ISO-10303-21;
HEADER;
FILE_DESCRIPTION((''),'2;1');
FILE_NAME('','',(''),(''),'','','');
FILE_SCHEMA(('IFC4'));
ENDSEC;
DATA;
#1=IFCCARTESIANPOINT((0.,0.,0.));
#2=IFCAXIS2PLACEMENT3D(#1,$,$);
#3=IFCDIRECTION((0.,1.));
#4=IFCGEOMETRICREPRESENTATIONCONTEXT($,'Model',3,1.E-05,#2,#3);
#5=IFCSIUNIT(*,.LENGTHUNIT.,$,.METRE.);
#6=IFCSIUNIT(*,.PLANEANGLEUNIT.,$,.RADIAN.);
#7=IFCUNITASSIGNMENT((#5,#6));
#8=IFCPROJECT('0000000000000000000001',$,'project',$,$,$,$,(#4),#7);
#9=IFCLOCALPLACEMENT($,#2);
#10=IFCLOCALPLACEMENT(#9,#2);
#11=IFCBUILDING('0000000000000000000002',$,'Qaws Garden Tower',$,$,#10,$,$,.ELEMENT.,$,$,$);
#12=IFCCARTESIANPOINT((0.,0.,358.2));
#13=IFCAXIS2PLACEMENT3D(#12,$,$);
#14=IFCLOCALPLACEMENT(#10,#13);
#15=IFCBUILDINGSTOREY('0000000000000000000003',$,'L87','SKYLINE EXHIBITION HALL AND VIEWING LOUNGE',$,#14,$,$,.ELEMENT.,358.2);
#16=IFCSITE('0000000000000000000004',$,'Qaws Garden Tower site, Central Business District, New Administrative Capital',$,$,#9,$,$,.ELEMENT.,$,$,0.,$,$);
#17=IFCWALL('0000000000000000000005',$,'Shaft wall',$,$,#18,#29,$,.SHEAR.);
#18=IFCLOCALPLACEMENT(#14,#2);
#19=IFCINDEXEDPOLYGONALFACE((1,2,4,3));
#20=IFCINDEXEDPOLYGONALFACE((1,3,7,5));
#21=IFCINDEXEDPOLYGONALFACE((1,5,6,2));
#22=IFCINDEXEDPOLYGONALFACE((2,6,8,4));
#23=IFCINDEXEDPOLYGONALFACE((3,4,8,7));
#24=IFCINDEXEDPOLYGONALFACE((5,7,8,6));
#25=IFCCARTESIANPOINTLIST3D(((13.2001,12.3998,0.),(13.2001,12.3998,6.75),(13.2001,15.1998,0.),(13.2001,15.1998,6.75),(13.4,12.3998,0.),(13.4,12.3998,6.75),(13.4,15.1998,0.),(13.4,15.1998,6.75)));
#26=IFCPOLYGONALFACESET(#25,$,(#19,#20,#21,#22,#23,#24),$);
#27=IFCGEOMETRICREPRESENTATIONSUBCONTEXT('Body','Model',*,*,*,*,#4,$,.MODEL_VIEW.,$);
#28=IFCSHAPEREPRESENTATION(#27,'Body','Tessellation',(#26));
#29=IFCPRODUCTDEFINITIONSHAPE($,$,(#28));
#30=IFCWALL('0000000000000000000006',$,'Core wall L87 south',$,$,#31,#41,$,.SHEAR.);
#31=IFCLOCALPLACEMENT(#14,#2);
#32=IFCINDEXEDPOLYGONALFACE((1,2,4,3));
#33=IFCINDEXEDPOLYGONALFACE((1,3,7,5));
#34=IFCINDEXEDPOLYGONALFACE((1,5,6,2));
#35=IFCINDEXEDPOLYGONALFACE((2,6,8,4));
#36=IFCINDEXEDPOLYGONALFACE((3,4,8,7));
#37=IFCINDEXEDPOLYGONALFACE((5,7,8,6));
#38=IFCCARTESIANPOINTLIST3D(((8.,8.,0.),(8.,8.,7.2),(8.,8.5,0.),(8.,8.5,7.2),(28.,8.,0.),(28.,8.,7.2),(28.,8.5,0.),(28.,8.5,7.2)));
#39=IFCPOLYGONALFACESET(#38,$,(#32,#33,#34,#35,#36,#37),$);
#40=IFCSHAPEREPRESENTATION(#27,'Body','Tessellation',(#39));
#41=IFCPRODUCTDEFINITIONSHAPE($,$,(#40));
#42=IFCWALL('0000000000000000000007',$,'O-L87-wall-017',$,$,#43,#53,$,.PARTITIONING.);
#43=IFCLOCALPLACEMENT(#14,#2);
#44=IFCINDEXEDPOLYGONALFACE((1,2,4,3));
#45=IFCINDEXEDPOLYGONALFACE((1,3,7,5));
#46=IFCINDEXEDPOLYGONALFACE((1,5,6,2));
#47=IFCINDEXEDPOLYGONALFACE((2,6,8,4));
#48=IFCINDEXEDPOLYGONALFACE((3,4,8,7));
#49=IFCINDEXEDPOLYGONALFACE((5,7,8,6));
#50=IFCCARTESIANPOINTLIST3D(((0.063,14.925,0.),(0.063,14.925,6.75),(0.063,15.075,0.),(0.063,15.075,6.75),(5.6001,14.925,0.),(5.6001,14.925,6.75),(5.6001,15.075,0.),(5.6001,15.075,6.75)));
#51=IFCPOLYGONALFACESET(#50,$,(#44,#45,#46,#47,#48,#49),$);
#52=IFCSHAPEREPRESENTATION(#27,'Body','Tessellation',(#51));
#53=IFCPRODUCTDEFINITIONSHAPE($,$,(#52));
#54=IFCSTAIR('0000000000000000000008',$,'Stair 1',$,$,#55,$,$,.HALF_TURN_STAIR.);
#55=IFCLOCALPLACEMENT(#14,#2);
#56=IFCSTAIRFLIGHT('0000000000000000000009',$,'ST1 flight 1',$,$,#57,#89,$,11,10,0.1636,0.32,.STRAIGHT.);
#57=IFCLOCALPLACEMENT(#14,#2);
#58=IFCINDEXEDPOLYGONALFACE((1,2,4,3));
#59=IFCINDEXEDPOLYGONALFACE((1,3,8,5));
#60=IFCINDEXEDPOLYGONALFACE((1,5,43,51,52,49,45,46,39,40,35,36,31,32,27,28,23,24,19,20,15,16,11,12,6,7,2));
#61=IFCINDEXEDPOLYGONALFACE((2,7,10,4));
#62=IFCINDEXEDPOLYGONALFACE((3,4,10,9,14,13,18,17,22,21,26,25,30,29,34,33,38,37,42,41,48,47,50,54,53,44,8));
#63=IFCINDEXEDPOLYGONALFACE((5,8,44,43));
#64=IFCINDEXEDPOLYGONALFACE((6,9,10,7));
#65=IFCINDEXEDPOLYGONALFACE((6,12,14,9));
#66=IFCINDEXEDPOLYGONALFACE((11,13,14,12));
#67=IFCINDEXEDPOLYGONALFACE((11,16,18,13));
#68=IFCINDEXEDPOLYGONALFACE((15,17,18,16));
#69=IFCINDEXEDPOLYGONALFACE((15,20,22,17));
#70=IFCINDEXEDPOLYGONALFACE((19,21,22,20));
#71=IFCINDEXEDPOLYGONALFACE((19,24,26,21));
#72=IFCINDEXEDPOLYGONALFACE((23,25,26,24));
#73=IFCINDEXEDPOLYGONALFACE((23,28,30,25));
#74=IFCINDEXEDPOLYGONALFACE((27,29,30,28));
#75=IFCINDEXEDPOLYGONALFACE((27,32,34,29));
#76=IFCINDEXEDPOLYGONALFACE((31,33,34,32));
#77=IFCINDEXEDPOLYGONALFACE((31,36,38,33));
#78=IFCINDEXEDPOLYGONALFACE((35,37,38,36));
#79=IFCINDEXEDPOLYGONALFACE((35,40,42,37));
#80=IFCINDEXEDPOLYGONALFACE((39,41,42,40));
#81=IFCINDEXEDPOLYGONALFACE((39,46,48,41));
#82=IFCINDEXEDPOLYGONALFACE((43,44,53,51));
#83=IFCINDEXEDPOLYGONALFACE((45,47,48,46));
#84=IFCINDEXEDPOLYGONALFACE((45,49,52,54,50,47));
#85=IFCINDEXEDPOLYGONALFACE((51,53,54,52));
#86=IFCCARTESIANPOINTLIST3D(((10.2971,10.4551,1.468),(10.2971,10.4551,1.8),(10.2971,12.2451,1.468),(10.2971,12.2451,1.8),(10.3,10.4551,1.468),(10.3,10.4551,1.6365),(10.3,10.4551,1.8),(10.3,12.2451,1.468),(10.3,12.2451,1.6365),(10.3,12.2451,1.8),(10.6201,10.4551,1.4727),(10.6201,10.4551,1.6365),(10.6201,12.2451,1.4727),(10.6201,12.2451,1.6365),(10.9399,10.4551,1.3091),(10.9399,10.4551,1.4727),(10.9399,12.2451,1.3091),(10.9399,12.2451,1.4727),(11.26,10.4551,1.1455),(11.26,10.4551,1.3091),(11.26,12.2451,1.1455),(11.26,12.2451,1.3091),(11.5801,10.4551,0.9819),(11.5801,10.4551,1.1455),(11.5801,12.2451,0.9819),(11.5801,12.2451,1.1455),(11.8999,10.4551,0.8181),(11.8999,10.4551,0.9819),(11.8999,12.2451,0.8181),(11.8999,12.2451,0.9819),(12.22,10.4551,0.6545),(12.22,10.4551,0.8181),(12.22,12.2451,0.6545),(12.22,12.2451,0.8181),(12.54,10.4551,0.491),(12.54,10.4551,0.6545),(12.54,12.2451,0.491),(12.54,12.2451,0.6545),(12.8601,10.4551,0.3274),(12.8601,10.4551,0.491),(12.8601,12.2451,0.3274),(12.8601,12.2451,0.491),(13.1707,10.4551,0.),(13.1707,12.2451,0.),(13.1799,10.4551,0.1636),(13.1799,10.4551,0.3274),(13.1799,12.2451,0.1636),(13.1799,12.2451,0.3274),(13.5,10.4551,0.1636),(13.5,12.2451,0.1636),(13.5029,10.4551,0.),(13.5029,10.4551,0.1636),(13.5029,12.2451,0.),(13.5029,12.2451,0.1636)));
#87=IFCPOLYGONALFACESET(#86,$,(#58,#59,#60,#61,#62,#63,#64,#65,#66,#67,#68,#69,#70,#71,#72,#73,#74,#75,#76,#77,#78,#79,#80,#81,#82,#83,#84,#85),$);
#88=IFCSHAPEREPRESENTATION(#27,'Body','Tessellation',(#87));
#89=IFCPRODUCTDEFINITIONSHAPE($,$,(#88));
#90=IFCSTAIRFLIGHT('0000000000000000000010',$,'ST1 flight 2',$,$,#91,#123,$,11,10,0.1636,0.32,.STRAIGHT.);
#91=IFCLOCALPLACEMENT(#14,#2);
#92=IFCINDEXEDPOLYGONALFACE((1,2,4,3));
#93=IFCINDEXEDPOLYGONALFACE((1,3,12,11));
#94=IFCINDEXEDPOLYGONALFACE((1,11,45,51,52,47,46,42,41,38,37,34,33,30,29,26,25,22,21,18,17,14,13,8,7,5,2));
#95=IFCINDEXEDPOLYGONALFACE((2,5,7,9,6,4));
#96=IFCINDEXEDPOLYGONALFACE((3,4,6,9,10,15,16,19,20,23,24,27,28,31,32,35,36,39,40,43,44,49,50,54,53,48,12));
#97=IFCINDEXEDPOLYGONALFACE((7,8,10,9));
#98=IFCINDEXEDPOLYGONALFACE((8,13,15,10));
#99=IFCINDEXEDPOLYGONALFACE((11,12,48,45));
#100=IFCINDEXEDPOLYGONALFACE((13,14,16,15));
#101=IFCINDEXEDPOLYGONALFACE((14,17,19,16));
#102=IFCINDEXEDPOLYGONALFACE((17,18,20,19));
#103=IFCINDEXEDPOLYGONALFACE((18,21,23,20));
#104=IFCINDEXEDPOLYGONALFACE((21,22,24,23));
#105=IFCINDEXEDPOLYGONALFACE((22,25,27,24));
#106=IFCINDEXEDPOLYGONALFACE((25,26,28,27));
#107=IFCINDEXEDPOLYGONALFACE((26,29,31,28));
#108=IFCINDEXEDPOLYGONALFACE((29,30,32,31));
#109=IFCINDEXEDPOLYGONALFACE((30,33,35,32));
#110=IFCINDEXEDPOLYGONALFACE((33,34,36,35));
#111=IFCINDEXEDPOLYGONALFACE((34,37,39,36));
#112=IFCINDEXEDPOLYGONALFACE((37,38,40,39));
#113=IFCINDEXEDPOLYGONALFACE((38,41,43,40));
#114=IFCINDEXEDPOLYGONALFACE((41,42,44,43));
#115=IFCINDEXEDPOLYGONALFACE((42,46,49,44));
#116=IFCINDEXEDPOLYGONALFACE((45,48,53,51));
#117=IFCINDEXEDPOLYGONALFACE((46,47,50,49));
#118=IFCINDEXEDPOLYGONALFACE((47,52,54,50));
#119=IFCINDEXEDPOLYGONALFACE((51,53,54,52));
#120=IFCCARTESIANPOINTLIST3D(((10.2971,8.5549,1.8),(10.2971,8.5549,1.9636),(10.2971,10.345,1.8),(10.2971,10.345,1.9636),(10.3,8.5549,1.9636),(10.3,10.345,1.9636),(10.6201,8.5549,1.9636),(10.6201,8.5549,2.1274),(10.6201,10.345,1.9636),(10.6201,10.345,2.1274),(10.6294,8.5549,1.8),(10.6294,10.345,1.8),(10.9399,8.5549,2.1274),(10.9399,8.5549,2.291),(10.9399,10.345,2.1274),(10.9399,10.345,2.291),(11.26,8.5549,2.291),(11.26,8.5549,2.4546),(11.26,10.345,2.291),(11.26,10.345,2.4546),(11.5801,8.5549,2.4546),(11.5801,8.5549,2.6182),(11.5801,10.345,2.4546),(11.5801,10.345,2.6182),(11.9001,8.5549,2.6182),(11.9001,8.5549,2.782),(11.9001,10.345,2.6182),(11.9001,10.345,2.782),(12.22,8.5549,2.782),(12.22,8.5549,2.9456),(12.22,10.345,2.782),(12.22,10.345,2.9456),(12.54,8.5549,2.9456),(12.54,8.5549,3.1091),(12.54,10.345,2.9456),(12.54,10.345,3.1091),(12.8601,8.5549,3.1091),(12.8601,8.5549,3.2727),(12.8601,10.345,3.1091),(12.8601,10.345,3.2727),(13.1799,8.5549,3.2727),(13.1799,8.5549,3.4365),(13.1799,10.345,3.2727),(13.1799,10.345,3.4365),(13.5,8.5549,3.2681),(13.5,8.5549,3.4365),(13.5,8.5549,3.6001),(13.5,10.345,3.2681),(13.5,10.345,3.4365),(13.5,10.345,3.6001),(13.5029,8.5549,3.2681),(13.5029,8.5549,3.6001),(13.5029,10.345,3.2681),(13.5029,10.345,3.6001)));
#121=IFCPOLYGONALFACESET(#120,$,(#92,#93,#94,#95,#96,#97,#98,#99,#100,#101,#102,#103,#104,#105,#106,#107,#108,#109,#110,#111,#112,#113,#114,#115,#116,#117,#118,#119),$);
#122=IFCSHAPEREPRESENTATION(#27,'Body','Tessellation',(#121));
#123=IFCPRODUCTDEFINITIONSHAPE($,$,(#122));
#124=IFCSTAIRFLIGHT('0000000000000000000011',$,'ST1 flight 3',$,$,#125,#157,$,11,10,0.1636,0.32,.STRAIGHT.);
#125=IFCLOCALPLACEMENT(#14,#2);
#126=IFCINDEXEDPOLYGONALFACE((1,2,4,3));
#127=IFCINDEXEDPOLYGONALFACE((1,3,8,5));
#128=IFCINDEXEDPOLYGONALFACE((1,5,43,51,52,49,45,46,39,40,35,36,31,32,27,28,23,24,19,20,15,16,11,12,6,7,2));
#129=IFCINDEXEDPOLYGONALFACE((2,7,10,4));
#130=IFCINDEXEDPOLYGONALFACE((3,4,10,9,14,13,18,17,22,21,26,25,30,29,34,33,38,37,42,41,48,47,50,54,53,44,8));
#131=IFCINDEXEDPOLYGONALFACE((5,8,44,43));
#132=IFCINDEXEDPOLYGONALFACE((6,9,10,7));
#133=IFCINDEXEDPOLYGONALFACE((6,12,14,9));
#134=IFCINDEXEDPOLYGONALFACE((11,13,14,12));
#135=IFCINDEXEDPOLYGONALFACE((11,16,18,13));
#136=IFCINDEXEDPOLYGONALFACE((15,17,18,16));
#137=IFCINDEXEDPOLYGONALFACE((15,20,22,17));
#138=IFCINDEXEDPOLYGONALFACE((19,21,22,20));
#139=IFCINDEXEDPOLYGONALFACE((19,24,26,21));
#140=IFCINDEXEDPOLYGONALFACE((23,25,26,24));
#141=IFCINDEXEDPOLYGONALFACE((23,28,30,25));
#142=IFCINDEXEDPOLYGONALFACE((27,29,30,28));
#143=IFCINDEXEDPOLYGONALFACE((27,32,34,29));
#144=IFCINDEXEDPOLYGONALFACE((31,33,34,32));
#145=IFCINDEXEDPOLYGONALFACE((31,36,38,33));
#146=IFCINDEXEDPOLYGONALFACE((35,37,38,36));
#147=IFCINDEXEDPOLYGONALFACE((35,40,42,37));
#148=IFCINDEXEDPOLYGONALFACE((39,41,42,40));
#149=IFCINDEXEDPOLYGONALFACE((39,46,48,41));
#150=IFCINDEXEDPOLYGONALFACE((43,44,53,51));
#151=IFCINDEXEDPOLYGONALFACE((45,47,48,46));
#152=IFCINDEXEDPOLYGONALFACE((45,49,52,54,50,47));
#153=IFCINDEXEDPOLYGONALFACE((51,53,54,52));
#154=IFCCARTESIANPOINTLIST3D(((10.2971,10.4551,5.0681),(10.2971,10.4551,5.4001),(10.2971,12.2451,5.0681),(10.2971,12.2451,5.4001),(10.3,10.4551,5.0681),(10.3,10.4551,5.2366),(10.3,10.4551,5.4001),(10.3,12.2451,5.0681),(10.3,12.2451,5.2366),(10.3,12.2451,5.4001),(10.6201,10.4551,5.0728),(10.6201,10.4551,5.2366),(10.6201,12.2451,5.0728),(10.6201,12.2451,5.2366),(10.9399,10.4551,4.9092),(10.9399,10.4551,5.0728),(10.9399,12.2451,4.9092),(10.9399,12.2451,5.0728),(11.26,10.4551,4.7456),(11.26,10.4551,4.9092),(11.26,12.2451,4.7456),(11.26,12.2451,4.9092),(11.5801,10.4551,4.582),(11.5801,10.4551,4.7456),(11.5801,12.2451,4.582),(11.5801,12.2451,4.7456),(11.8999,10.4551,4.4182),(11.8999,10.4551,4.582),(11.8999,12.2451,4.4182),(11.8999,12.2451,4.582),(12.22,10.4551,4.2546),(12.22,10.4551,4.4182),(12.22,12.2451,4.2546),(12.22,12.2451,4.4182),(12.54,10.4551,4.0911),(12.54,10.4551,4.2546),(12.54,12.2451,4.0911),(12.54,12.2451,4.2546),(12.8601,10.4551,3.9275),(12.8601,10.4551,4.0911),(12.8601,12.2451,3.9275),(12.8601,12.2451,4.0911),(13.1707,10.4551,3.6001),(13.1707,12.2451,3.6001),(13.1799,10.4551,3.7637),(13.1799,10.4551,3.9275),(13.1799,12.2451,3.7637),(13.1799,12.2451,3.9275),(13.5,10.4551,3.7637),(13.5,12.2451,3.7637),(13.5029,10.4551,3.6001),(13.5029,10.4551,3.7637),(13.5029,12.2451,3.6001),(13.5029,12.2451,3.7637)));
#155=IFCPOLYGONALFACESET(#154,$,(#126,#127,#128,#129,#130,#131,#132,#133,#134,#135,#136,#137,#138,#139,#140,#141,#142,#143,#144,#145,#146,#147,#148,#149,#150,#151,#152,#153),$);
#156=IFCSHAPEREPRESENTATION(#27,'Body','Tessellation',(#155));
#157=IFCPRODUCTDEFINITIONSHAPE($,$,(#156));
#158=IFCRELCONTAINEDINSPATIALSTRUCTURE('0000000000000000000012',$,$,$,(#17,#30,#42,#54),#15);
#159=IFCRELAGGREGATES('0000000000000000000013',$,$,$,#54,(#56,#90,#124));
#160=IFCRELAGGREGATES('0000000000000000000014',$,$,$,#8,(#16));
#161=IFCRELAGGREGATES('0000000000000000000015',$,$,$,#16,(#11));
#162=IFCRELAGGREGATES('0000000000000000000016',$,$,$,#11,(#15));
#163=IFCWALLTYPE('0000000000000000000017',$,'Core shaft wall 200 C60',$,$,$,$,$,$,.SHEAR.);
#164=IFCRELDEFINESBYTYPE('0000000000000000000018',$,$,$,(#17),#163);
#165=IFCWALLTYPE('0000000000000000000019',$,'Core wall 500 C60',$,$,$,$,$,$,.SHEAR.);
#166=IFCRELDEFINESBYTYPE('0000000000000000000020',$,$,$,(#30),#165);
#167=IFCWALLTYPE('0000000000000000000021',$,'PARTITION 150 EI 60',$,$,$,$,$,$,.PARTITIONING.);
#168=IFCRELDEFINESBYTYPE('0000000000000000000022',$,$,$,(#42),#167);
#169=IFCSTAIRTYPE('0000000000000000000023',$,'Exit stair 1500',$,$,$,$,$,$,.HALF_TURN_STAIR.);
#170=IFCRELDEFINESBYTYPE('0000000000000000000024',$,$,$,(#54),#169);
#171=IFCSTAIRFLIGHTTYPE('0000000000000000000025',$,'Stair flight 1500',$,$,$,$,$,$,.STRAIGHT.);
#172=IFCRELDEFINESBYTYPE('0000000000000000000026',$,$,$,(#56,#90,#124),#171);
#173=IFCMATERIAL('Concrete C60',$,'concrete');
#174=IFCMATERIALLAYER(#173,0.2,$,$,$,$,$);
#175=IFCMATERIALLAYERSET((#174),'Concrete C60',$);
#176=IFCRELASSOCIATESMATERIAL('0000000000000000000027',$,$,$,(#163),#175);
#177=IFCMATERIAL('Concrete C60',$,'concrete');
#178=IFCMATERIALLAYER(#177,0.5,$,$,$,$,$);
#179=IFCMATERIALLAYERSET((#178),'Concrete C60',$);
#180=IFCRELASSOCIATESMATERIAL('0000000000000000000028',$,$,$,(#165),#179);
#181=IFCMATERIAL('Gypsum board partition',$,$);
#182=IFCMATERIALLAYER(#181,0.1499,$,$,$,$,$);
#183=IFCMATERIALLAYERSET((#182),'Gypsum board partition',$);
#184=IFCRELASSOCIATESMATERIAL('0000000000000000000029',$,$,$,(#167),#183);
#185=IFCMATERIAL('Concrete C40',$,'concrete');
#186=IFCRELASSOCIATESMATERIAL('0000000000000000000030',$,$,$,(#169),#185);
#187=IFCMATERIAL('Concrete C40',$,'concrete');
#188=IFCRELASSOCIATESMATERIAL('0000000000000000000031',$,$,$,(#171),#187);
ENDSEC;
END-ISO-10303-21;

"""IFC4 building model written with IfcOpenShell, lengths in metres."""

from ifc_helpers import new_model, si_unit, direction, frame, frame_2d, origin, place, context, subcontext, project, spatial, polyline, rectangle, outline, extrude, material, layer, layer_set, type_object, element, aggregate, save


model = new_model("IFC4")

# Units and contexts
model_context = context("Model", 3, precision=1e-05, world=origin(), true_north=direction((0.0, 1.0)))
body_context = subcontext(model_context, "Body", "Model", "MODEL_VIEW")
ifc_project = project(units=[si_unit("LENGTHUNIT", "METRE"), si_unit("PLANEANGLEUNIT", "RADIAN")], contexts=[model_context])

# Site, building, storey
site_placement = place(None, origin())
site = spatial("IfcSite", under=ifc_project, at=site_placement, Name="Qaws Garden Tower site, Central Business District, New Administrative Capital", CompositionType="ELEMENT", RefElevation=0.0)
building_placement = place(site_placement, origin())
building = spatial("IfcBuilding", under=site, at=building_placement, Name="Qaws Garden Tower", CompositionType="ELEMENT")
storey_placement = place(building_placement, frame((0.0, 0.0, 358.2)))
storey = spatial("IfcBuildingStorey", under=building, at=storey_placement, Name="L87", Description="SKYLINE EXHIBITION HALL AND VIEWING LOUNGE", CompositionType="ELEMENT", Elevation=358.2)

# Shared definitions
placement = place(storey_placement, origin())

# Shared definitions
ifc_material_1 = material(Name="Concrete C60", Category="concrete")
ifc_layer_1 = layer(ifc_material_1, 0.2)
ifc_layer_set_1 = layer_set([ifc_layer_1], Name="Concrete C60")
wall_type_1 = type_object("IfcWallType", Name="Core shaft wall 200 C60", PredefinedType="SHEAR", material=ifc_layer_set_1)

# Walls
wall_1_placement = place(storey_placement, frame((13.3, 12.3999, 0.0), z_axis=(0.0, 0.0, 1.0), x_axis=(0.0, 1.0, 0.0)))
element("IfcWall", 1, at=wall_1_placement, inside=storey, type_object=wall_type_1, Name="Shaft wall", PredefinedType="SHEAR", context=body_context, shape_type="SweptSolid", body=[
    extrude(rectangle(XDim=2.8, YDim=0.2, at=frame_2d((1.3999, 0.0))), origin(), (0.0, 0.0, 1.0), 6.75),
])
ifc_material_2 = material(Name="Concrete C60", Category="concrete")
ifc_layer_2 = layer(ifc_material_2, 0.5)
ifc_layer_set_2 = layer_set([ifc_layer_2], Name="Concrete C60")
wall_type_2 = type_object("IfcWallType", Name="Core wall 500 C60", PredefinedType="SHEAR", material=ifc_layer_set_2)
wall_2_placement = place(storey_placement, frame((8.0, 8.25, 0.0), z_axis=(0.0, 0.0, 1.0), x_axis=(1.0, 0.0, 0.0)))
element("IfcWall", 2, at=wall_2_placement, inside=storey, type_object=wall_type_2, Name="Core wall L87 south", PredefinedType="SHEAR", context=body_context, shape_type="SweptSolid", body=[
    extrude(rectangle(XDim=20.0, YDim=0.5, at=frame_2d((10.0, 0.0))), origin(), (0.0, 0.0, 1.0), 7.2),
])
ifc_material_3 = material(Name="Gypsum board partition")
ifc_layer_3 = layer(ifc_material_3, 0.1499)
ifc_layer_set_3 = layer_set([ifc_layer_3], Name="Gypsum board partition")
wall_type_3 = type_object("IfcWallType", Name="PARTITION 150 EI 60", PredefinedType="PARTITIONING", material=ifc_layer_set_3)
wall_3_placement = place(storey_placement, frame((0.063, 15.0, 0.0), z_axis=(0.0, 0.0, 1.0), x_axis=(1.0, 0.0, 0.0)))
element("IfcWall", 3, at=wall_3_placement, inside=storey, type_object=wall_type_3, Name="O-L87-wall-017", PredefinedType="PARTITIONING", context=body_context, shape_type="SweptSolid", body=[
    extrude(rectangle(XDim=5.5371, YDim=0.1499, at=frame_2d((2.7686, 0.0))), origin(), (0.0, 0.0, 1.0), 6.75),
])

# Stair, stair flights
ifc_material_4 = material(Name="Concrete C40", Category="concrete")
stair_type = type_object("IfcStairType", Name="Exit stair 1500", PredefinedType="HALF_TURN_STAIR", material=ifc_material_4)
stair = element("IfcStair", 4, at=placement, inside=storey, type_object=stair_type, Name="Stair 1", PredefinedType="HALF_TURN_STAIR")
ifc_material_5 = material(Name="Concrete C40", Category="concrete")
stair_flight_type = type_object("IfcStairFlightType", Name="Stair flight 1500", PredefinedType="STRAIGHT", material=ifc_material_5)
stair_flight_1_placement = place(storey_placement, frame((13.5, 11.3501, 0.0), z_axis=(0.0, 0.0, 1.0), x_axis=(-1.0, 0.0, 0.0)))
stair_flight_1 = element("IfcStairFlight", 5, at=stair_flight_1_placement, type_object=stair_flight_type, Name="ST1 flight 1", NumberOfRisers=11, NumberOfTreads=10, PredefinedType="STRAIGHT", RiserHeight=0.1636, TreadLength=0.32, context=body_context, shape_type="SweptSolid", body=[
    extrude(outline(polyline([(-0.0029, 0.0), (-0.0029, 0.1636), (0.0, 0.1636), (0.3201, 0.1636), (0.3201, 0.3274), (0.6399, 0.3274), (0.6399, 0.491), (0.96, 0.491), (0.96, 0.6545), (1.28, 0.6545), (1.28, 0.8181), (1.6001, 0.8181), (1.6001, 0.9819), (1.9199, 0.9819), (1.9199, 1.1455), (2.24, 1.1455), (2.24, 1.3091), (2.5601, 1.3091), (2.5601, 1.4727), (2.8799, 1.4727), (2.8799, 1.6365), (3.2, 1.6365), (3.2, 1.8), (3.2029, 1.8), (3.2029, 1.468), (3.2, 1.468), (0.3293, 0.0), (-0.0029, 0.0)])), frame((0.0, 0.895, 0.0), z_axis=(0.0, -1.0, 0.0), x_axis=(1.0, 0.0, 0.0)), (0.0, 0.0, 1.0), 1.79),
])
stair_flight_2_placement = place(storey_placement, frame((10.3, 9.45, 1.8), z_axis=(0.0, 0.0, 1.0), x_axis=(1.0, 0.0, 0.0)))
stair_flight_2 = element("IfcStairFlight", 6, at=stair_flight_2_placement, type_object=stair_flight_type, Name="ST1 flight 2", NumberOfRisers=11, NumberOfTreads=10, PredefinedType="STRAIGHT", RiserHeight=0.1636, TreadLength=0.32, context=body_context, shape_type="SweptSolid", body=[
    extrude(outline(polyline([(-0.0029, 0.0), (-0.0029, 0.1636), (0.0, 0.1636), (0.3201, 0.1636), (0.3201, 0.3274), (0.6399, 0.3274), (0.6399, 0.491), (0.96, 0.491), (0.96, 0.6545), (1.28, 0.6545), (1.28, 0.8181), (1.6001, 0.8181), (1.6001, 0.9819), (1.9199, 0.9819), (1.9199, 1.1455), (2.24, 1.1455), (2.24, 1.3091), (2.5601, 1.3091), (2.5601, 1.4727), (2.8799, 1.4727), (2.8799, 1.6365), (3.2, 1.6365), (3.2, 1.8), (3.2029, 1.8), (3.2029, 1.468), (3.2, 1.468), (0.3293, 0.0), (-0.0029, 0.0)])), frame((0.0, 0.895, 0.0), z_axis=(0.0, -1.0, 0.0), x_axis=(1.0, 0.0, 0.0)), (0.0, 0.0, 1.0), 1.79),
])
stair_flight_3_placement = place(storey_placement, frame((13.5, 11.3501, 3.6001), z_axis=(0.0, 0.0, 1.0), x_axis=(-1.0, 0.0, 0.0)))
stair_flight_3 = element("IfcStairFlight", 7, at=stair_flight_3_placement, type_object=stair_flight_type, Name="ST1 flight 3", NumberOfRisers=11, NumberOfTreads=10, PredefinedType="STRAIGHT", RiserHeight=0.1636, TreadLength=0.32, context=body_context, shape_type="SweptSolid", body=[
    extrude(outline(polyline([(-0.0029, 0.0), (-0.0029, 0.1636), (0.0, 0.1636), (0.3201, 0.1636), (0.3201, 0.3274), (0.6399, 0.3274), (0.6399, 0.491), (0.96, 0.491), (0.96, 0.6545), (1.28, 0.6545), (1.28, 0.8181), (1.6001, 0.8181), (1.6001, 0.9819), (1.9199, 0.9819), (1.9199, 1.1455), (2.24, 1.1455), (2.24, 1.3091), (2.5601, 1.3091), (2.5601, 1.4727), (2.8799, 1.4727), (2.8799, 1.6365), (3.2, 1.6365), (3.2, 1.8), (3.2029, 1.8), (3.2029, 1.468), (3.2, 1.468), (0.3293, 0.0), (-0.0029, 0.0)])), frame((0.0, 0.895, 0.0), z_axis=(0.0, -1.0, 0.0), x_axis=(1.0, 0.0, 0.0)), (0.0, 0.0, 1.0), 1.79),
])
aggregate(stair, [stair_flight_1, stair_flight_2, stair_flight_3])

save(model, "model.ifc")
